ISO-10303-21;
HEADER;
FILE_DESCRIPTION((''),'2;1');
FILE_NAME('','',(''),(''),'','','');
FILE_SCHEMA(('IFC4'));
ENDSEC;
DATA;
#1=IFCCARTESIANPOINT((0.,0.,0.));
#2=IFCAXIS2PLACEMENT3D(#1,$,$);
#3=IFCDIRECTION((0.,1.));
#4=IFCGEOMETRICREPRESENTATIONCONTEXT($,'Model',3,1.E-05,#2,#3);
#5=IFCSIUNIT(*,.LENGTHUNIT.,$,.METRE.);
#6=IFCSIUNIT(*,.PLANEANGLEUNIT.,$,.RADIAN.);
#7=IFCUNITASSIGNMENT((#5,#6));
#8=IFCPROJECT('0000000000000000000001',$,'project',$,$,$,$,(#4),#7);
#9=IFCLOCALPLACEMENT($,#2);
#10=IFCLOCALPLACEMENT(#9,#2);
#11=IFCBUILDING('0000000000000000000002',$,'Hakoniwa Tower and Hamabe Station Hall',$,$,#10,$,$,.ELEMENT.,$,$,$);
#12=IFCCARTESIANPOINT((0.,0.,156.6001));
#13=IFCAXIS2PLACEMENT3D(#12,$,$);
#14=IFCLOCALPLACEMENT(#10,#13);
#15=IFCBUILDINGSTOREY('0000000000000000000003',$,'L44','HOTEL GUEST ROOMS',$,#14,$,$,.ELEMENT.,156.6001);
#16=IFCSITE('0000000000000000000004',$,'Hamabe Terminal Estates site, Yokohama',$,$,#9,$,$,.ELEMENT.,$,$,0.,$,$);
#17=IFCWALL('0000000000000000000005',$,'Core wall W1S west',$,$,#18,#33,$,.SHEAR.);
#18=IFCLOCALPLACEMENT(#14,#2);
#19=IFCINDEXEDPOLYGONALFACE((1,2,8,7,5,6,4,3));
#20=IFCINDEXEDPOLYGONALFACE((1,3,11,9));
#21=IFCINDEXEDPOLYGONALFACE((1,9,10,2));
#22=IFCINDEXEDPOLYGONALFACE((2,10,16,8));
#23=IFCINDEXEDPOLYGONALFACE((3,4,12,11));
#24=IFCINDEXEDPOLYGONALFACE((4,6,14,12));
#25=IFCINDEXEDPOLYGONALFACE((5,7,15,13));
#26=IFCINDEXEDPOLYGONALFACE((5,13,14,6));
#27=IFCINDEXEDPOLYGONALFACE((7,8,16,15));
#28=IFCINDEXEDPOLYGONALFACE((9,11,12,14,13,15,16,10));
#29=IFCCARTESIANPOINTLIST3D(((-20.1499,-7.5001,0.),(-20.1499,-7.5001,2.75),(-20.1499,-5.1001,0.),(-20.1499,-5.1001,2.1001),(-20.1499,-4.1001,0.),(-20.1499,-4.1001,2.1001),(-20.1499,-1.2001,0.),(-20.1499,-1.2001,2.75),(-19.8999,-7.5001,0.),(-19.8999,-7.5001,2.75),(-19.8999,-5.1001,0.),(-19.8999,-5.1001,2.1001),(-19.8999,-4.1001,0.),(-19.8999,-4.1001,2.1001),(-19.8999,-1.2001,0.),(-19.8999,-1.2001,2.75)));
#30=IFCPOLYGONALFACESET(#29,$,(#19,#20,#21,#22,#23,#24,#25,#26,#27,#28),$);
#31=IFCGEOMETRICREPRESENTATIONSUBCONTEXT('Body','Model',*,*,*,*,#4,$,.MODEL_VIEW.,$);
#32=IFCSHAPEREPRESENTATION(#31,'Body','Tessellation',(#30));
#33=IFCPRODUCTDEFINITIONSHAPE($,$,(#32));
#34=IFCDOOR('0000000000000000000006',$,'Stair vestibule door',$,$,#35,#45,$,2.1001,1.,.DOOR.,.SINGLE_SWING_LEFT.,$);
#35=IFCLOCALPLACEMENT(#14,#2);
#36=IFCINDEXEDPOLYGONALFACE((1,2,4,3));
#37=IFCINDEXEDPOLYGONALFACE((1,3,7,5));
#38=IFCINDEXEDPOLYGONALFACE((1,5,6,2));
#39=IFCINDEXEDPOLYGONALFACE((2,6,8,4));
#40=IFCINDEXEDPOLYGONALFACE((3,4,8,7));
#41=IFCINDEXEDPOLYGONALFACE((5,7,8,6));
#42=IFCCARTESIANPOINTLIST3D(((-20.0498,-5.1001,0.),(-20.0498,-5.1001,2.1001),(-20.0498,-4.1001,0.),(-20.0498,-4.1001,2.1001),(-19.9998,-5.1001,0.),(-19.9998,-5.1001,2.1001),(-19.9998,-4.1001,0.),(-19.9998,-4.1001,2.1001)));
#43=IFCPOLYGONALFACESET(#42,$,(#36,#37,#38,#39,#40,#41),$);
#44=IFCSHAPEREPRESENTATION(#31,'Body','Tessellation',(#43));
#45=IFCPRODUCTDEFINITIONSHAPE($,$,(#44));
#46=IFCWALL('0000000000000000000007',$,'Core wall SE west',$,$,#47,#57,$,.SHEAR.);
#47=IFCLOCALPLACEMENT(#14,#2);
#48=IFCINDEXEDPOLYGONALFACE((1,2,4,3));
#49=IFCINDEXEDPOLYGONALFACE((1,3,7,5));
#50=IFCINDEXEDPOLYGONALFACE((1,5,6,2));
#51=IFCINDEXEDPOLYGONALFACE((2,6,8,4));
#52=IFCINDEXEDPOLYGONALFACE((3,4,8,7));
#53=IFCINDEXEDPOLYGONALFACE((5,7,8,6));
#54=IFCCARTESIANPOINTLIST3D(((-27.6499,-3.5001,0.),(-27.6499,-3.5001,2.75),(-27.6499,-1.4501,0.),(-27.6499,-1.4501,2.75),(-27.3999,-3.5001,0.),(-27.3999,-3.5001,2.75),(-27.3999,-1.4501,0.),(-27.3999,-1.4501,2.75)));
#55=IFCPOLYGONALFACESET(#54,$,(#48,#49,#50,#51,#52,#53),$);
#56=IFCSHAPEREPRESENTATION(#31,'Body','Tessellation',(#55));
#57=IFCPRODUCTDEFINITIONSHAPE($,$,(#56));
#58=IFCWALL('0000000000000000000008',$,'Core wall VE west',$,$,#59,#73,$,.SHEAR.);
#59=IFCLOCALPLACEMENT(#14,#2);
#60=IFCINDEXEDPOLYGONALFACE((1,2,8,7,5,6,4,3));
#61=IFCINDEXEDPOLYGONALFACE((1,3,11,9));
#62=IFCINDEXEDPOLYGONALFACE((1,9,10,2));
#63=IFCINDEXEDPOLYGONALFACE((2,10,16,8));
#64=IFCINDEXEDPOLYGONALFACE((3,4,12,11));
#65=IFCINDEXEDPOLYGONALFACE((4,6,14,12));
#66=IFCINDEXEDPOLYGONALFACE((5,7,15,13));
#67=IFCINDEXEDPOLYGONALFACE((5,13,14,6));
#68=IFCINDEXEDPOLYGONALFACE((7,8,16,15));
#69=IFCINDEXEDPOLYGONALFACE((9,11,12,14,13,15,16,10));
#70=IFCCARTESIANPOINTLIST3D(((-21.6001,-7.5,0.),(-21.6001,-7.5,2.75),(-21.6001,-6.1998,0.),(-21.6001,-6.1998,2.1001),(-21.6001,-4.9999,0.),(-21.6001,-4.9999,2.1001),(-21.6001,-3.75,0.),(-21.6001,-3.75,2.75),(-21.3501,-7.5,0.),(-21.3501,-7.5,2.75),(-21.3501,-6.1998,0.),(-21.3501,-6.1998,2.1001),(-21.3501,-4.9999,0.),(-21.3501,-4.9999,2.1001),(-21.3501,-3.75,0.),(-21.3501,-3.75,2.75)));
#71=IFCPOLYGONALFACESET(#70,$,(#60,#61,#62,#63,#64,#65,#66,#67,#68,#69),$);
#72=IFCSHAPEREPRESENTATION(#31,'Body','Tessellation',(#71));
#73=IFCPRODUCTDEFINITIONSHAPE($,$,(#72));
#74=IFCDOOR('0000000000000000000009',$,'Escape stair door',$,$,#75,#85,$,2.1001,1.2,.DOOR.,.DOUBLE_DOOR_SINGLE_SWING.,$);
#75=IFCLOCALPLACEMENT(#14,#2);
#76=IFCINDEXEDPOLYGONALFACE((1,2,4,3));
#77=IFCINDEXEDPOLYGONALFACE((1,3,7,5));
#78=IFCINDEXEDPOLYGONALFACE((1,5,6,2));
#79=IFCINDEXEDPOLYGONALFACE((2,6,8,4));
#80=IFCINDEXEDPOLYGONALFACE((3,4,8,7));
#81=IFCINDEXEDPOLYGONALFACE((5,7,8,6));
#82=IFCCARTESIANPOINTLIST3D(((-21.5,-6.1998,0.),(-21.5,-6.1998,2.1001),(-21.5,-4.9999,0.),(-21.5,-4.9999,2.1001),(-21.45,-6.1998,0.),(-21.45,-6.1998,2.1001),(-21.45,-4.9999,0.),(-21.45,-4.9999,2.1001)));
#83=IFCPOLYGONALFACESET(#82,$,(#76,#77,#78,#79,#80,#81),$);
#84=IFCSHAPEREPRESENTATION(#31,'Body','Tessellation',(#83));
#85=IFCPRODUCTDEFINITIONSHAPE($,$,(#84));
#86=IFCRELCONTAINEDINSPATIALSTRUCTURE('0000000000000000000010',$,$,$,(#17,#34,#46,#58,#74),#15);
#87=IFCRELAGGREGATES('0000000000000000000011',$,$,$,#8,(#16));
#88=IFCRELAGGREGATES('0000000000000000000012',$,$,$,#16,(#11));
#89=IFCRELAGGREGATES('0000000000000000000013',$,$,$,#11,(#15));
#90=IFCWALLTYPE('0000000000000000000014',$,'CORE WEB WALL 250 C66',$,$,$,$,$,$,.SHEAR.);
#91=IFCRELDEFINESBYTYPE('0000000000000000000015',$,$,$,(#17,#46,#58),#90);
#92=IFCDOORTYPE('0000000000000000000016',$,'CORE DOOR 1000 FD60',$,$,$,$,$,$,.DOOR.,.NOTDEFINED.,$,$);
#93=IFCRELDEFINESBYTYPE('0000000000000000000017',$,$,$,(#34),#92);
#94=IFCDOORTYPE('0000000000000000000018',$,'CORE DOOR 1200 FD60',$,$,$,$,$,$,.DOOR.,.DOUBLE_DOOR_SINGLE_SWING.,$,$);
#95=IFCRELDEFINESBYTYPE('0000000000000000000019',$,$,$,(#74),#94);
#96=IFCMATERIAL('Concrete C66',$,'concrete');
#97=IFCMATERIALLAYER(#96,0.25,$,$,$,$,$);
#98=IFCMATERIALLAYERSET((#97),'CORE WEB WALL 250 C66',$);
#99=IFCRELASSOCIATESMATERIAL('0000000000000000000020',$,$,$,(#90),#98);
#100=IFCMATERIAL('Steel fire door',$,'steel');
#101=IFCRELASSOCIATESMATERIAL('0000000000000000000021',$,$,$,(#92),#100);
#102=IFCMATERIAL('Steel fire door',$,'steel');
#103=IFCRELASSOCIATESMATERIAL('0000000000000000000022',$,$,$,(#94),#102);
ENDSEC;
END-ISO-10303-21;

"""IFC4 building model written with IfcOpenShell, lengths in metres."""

from ifc_helpers import new_model, si_unit, direction, frame, frame_2d, origin, place, context, subcontext, project, spatial, rectangle, extrude, material, layer, layer_set, type_object, element, fill, save


model = new_model("IFC4")

# Units and contexts
model_context = context("Model", 3, precision=1e-05, world=origin(), true_north=direction((0.0, 1.0)))
body_context = subcontext(model_context, "Body", "Model", "MODEL_VIEW")
ifc_project = project(units=[si_unit("LENGTHUNIT", "METRE"), si_unit("PLANEANGLEUNIT", "RADIAN")], contexts=[model_context])

# Site, building, storey
site_placement = place(None, origin())
site = spatial("IfcSite", under=ifc_project, at=site_placement, Name="Hamabe Terminal Estates site, Yokohama", CompositionType="ELEMENT", RefElevation=0.0)
building_placement = place(site_placement, origin())
building = spatial("IfcBuilding", under=site, at=building_placement, Name="Hakoniwa Tower and Hamabe Station Hall", CompositionType="ELEMENT")
storey_placement = place(building_placement, frame((0.0, 0.0, 156.6001)))
storey = spatial("IfcBuildingStorey", under=building, at=storey_placement, Name="L44", Description="HOTEL GUEST ROOMS", CompositionType="ELEMENT", Elevation=156.6001)

# Wall, opening, door
ifc_material_1 = material(Name="Concrete C66", Category="concrete")
ifc_layer_1 = layer(ifc_material_1, 0.25)
ifc_layer_set_1 = layer_set([ifc_layer_1], Name="CORE WEB WALL 250 C66")
wall_type_1 = type_object("IfcWallType", Name="CORE WEB WALL 250 C66", PredefinedType="SHEAR", material=ifc_layer_set_1)
wall_1_placement = place(storey_placement, frame((-20.0249, -7.5, 0.0), z_axis=(0.0, 0.0, 1.0), x_axis=(0.0, 1.0, 0.0)))
wall_1 = element("IfcWall", 1, at=wall_1_placement, inside=storey, type_object=wall_type_1, Name="Core wall W1S west", PredefinedType="SHEAR", context=body_context, shape_type="SweptSolid", body=[
    extrude(rectangle(XDim=6.3, YDim=0.25, at=frame_2d((3.1499, 0.0))), origin(), (0.0, 0.0, 1.0), 2.75),
])
opening_1_placement = place(wall_1_placement, frame((2.3999, 0.0, 0.0)))
opening_1 = element("IfcOpeningElement", 2, at=opening_1_placement, cuts=wall_1, PredefinedType="OPENING", context=body_context, shape_type="SweptSolid", body=[
    extrude(rectangle(XDim=1.0, YDim=2.1001, at=frame_2d((0.5, 1.05))), frame((0.0, 0.135, 0.0), z_axis=(0.0, -1.0, 0.0), x_axis=(1.0, 0.0, 0.0)), (0.0, 0.0, 1.0), 0.27),
])
ifc_material_2 = material(Name="Steel fire door", Category="steel")
door_type_1 = type_object("IfcDoorType", Name="CORE DOOR 1000 FD60", OperationType="NOTDEFINED", PredefinedType="DOOR", material=ifc_material_2)
door_1_placement = place(opening_1_placement, origin())
door_1 = element("IfcDoor", 3, at=door_1_placement, inside=storey, type_object=door_type_1, Name="Stair vestibule door", OperationType="SINGLE_SWING_LEFT", OverallHeight=2.1001, OverallWidth=1.0, PredefinedType="DOOR", context=body_context, shape_type="SweptSolid", body=[
    extrude(rectangle(XDim=1.0, YDim=2.1001, at=frame_2d((0.5, 1.05))), frame((0.0, 0.0249, 0.0), z_axis=(0.0, -1.0, 0.0), x_axis=(1.0, 0.0, 0.0)), (0.0, 0.0, 1.0), 0.05),
])
fill(opening_1, door_1)

# Wall
wall_2_placement = place(storey_placement, frame((-27.5249, -3.5, 0.0), z_axis=(0.0, 0.0, 1.0), x_axis=(0.0, 1.0, 0.0)))
element("IfcWall", 4, at=wall_2_placement, inside=storey, type_object=wall_type_1, Name="Core wall SE west", PredefinedType="SHEAR", context=body_context, shape_type="SweptSolid", body=[
    extrude(rectangle(XDim=2.05, YDim=0.25, at=frame_2d((1.0249, 0.0))), origin(), (0.0, 0.0, 1.0), 2.75),
])

# Wall, opening, door
wall_3_placement = place(storey_placement, frame((-21.4751, -7.5, 0.0), z_axis=(0.0, 0.0, 1.0), x_axis=(0.0, 1.0, 0.0)))
wall_3 = element("IfcWall", 5, at=wall_3_placement, inside=storey, type_object=wall_type_1, Name="Core wall VE west", PredefinedType="SHEAR", context=body_context, shape_type="SweptSolid", body=[
    extrude(rectangle(XDim=3.75, YDim=0.25, at=frame_2d((1.875, 0.0))), origin(), (0.0, 0.0, 1.0), 2.75),
])
opening_2_placement = place(wall_3_placement, frame((1.3, 0.0, 0.0)))
opening_2 = element("IfcOpeningElement", 6, at=opening_2_placement, cuts=wall_3, PredefinedType="OPENING", context=body_context, shape_type="SweptSolid", body=[
    extrude(rectangle(XDim=1.2, YDim=2.1001, at=frame_2d((0.6001, 1.05))), frame((0.0, 0.135, 0.0), z_axis=(0.0, -1.0, 0.0), x_axis=(1.0, 0.0, 0.0)), (0.0, 0.0, 1.0), 0.27),
])
ifc_material_3 = material(Name="Steel fire door", Category="steel")
door_type_2 = type_object("IfcDoorType", Name="CORE DOOR 1200 FD60", OperationType="DOUBLE_DOOR_SINGLE_SWING", PredefinedType="DOOR", material=ifc_material_3)
door_2_placement = place(opening_2_placement, origin())
door_2 = element("IfcDoor", 7, at=door_2_placement, inside=storey, type_object=door_type_2, Name="Escape stair door", OperationType="DOUBLE_DOOR_SINGLE_SWING", OverallHeight=2.1001, OverallWidth=1.2, PredefinedType="DOOR", context=body_context, shape_type="SweptSolid", body=[
    extrude(rectangle(XDim=1.2, YDim=2.1001, at=frame_2d((0.6001, 1.05))), frame((0.0, 0.0249, 0.0), z_axis=(0.0, -1.0, 0.0), x_axis=(1.0, 0.0, 0.0)), (0.0, 0.0, 1.0), 0.05),
])
fill(opening_2, door_2)

save(model, "model.ifc")
